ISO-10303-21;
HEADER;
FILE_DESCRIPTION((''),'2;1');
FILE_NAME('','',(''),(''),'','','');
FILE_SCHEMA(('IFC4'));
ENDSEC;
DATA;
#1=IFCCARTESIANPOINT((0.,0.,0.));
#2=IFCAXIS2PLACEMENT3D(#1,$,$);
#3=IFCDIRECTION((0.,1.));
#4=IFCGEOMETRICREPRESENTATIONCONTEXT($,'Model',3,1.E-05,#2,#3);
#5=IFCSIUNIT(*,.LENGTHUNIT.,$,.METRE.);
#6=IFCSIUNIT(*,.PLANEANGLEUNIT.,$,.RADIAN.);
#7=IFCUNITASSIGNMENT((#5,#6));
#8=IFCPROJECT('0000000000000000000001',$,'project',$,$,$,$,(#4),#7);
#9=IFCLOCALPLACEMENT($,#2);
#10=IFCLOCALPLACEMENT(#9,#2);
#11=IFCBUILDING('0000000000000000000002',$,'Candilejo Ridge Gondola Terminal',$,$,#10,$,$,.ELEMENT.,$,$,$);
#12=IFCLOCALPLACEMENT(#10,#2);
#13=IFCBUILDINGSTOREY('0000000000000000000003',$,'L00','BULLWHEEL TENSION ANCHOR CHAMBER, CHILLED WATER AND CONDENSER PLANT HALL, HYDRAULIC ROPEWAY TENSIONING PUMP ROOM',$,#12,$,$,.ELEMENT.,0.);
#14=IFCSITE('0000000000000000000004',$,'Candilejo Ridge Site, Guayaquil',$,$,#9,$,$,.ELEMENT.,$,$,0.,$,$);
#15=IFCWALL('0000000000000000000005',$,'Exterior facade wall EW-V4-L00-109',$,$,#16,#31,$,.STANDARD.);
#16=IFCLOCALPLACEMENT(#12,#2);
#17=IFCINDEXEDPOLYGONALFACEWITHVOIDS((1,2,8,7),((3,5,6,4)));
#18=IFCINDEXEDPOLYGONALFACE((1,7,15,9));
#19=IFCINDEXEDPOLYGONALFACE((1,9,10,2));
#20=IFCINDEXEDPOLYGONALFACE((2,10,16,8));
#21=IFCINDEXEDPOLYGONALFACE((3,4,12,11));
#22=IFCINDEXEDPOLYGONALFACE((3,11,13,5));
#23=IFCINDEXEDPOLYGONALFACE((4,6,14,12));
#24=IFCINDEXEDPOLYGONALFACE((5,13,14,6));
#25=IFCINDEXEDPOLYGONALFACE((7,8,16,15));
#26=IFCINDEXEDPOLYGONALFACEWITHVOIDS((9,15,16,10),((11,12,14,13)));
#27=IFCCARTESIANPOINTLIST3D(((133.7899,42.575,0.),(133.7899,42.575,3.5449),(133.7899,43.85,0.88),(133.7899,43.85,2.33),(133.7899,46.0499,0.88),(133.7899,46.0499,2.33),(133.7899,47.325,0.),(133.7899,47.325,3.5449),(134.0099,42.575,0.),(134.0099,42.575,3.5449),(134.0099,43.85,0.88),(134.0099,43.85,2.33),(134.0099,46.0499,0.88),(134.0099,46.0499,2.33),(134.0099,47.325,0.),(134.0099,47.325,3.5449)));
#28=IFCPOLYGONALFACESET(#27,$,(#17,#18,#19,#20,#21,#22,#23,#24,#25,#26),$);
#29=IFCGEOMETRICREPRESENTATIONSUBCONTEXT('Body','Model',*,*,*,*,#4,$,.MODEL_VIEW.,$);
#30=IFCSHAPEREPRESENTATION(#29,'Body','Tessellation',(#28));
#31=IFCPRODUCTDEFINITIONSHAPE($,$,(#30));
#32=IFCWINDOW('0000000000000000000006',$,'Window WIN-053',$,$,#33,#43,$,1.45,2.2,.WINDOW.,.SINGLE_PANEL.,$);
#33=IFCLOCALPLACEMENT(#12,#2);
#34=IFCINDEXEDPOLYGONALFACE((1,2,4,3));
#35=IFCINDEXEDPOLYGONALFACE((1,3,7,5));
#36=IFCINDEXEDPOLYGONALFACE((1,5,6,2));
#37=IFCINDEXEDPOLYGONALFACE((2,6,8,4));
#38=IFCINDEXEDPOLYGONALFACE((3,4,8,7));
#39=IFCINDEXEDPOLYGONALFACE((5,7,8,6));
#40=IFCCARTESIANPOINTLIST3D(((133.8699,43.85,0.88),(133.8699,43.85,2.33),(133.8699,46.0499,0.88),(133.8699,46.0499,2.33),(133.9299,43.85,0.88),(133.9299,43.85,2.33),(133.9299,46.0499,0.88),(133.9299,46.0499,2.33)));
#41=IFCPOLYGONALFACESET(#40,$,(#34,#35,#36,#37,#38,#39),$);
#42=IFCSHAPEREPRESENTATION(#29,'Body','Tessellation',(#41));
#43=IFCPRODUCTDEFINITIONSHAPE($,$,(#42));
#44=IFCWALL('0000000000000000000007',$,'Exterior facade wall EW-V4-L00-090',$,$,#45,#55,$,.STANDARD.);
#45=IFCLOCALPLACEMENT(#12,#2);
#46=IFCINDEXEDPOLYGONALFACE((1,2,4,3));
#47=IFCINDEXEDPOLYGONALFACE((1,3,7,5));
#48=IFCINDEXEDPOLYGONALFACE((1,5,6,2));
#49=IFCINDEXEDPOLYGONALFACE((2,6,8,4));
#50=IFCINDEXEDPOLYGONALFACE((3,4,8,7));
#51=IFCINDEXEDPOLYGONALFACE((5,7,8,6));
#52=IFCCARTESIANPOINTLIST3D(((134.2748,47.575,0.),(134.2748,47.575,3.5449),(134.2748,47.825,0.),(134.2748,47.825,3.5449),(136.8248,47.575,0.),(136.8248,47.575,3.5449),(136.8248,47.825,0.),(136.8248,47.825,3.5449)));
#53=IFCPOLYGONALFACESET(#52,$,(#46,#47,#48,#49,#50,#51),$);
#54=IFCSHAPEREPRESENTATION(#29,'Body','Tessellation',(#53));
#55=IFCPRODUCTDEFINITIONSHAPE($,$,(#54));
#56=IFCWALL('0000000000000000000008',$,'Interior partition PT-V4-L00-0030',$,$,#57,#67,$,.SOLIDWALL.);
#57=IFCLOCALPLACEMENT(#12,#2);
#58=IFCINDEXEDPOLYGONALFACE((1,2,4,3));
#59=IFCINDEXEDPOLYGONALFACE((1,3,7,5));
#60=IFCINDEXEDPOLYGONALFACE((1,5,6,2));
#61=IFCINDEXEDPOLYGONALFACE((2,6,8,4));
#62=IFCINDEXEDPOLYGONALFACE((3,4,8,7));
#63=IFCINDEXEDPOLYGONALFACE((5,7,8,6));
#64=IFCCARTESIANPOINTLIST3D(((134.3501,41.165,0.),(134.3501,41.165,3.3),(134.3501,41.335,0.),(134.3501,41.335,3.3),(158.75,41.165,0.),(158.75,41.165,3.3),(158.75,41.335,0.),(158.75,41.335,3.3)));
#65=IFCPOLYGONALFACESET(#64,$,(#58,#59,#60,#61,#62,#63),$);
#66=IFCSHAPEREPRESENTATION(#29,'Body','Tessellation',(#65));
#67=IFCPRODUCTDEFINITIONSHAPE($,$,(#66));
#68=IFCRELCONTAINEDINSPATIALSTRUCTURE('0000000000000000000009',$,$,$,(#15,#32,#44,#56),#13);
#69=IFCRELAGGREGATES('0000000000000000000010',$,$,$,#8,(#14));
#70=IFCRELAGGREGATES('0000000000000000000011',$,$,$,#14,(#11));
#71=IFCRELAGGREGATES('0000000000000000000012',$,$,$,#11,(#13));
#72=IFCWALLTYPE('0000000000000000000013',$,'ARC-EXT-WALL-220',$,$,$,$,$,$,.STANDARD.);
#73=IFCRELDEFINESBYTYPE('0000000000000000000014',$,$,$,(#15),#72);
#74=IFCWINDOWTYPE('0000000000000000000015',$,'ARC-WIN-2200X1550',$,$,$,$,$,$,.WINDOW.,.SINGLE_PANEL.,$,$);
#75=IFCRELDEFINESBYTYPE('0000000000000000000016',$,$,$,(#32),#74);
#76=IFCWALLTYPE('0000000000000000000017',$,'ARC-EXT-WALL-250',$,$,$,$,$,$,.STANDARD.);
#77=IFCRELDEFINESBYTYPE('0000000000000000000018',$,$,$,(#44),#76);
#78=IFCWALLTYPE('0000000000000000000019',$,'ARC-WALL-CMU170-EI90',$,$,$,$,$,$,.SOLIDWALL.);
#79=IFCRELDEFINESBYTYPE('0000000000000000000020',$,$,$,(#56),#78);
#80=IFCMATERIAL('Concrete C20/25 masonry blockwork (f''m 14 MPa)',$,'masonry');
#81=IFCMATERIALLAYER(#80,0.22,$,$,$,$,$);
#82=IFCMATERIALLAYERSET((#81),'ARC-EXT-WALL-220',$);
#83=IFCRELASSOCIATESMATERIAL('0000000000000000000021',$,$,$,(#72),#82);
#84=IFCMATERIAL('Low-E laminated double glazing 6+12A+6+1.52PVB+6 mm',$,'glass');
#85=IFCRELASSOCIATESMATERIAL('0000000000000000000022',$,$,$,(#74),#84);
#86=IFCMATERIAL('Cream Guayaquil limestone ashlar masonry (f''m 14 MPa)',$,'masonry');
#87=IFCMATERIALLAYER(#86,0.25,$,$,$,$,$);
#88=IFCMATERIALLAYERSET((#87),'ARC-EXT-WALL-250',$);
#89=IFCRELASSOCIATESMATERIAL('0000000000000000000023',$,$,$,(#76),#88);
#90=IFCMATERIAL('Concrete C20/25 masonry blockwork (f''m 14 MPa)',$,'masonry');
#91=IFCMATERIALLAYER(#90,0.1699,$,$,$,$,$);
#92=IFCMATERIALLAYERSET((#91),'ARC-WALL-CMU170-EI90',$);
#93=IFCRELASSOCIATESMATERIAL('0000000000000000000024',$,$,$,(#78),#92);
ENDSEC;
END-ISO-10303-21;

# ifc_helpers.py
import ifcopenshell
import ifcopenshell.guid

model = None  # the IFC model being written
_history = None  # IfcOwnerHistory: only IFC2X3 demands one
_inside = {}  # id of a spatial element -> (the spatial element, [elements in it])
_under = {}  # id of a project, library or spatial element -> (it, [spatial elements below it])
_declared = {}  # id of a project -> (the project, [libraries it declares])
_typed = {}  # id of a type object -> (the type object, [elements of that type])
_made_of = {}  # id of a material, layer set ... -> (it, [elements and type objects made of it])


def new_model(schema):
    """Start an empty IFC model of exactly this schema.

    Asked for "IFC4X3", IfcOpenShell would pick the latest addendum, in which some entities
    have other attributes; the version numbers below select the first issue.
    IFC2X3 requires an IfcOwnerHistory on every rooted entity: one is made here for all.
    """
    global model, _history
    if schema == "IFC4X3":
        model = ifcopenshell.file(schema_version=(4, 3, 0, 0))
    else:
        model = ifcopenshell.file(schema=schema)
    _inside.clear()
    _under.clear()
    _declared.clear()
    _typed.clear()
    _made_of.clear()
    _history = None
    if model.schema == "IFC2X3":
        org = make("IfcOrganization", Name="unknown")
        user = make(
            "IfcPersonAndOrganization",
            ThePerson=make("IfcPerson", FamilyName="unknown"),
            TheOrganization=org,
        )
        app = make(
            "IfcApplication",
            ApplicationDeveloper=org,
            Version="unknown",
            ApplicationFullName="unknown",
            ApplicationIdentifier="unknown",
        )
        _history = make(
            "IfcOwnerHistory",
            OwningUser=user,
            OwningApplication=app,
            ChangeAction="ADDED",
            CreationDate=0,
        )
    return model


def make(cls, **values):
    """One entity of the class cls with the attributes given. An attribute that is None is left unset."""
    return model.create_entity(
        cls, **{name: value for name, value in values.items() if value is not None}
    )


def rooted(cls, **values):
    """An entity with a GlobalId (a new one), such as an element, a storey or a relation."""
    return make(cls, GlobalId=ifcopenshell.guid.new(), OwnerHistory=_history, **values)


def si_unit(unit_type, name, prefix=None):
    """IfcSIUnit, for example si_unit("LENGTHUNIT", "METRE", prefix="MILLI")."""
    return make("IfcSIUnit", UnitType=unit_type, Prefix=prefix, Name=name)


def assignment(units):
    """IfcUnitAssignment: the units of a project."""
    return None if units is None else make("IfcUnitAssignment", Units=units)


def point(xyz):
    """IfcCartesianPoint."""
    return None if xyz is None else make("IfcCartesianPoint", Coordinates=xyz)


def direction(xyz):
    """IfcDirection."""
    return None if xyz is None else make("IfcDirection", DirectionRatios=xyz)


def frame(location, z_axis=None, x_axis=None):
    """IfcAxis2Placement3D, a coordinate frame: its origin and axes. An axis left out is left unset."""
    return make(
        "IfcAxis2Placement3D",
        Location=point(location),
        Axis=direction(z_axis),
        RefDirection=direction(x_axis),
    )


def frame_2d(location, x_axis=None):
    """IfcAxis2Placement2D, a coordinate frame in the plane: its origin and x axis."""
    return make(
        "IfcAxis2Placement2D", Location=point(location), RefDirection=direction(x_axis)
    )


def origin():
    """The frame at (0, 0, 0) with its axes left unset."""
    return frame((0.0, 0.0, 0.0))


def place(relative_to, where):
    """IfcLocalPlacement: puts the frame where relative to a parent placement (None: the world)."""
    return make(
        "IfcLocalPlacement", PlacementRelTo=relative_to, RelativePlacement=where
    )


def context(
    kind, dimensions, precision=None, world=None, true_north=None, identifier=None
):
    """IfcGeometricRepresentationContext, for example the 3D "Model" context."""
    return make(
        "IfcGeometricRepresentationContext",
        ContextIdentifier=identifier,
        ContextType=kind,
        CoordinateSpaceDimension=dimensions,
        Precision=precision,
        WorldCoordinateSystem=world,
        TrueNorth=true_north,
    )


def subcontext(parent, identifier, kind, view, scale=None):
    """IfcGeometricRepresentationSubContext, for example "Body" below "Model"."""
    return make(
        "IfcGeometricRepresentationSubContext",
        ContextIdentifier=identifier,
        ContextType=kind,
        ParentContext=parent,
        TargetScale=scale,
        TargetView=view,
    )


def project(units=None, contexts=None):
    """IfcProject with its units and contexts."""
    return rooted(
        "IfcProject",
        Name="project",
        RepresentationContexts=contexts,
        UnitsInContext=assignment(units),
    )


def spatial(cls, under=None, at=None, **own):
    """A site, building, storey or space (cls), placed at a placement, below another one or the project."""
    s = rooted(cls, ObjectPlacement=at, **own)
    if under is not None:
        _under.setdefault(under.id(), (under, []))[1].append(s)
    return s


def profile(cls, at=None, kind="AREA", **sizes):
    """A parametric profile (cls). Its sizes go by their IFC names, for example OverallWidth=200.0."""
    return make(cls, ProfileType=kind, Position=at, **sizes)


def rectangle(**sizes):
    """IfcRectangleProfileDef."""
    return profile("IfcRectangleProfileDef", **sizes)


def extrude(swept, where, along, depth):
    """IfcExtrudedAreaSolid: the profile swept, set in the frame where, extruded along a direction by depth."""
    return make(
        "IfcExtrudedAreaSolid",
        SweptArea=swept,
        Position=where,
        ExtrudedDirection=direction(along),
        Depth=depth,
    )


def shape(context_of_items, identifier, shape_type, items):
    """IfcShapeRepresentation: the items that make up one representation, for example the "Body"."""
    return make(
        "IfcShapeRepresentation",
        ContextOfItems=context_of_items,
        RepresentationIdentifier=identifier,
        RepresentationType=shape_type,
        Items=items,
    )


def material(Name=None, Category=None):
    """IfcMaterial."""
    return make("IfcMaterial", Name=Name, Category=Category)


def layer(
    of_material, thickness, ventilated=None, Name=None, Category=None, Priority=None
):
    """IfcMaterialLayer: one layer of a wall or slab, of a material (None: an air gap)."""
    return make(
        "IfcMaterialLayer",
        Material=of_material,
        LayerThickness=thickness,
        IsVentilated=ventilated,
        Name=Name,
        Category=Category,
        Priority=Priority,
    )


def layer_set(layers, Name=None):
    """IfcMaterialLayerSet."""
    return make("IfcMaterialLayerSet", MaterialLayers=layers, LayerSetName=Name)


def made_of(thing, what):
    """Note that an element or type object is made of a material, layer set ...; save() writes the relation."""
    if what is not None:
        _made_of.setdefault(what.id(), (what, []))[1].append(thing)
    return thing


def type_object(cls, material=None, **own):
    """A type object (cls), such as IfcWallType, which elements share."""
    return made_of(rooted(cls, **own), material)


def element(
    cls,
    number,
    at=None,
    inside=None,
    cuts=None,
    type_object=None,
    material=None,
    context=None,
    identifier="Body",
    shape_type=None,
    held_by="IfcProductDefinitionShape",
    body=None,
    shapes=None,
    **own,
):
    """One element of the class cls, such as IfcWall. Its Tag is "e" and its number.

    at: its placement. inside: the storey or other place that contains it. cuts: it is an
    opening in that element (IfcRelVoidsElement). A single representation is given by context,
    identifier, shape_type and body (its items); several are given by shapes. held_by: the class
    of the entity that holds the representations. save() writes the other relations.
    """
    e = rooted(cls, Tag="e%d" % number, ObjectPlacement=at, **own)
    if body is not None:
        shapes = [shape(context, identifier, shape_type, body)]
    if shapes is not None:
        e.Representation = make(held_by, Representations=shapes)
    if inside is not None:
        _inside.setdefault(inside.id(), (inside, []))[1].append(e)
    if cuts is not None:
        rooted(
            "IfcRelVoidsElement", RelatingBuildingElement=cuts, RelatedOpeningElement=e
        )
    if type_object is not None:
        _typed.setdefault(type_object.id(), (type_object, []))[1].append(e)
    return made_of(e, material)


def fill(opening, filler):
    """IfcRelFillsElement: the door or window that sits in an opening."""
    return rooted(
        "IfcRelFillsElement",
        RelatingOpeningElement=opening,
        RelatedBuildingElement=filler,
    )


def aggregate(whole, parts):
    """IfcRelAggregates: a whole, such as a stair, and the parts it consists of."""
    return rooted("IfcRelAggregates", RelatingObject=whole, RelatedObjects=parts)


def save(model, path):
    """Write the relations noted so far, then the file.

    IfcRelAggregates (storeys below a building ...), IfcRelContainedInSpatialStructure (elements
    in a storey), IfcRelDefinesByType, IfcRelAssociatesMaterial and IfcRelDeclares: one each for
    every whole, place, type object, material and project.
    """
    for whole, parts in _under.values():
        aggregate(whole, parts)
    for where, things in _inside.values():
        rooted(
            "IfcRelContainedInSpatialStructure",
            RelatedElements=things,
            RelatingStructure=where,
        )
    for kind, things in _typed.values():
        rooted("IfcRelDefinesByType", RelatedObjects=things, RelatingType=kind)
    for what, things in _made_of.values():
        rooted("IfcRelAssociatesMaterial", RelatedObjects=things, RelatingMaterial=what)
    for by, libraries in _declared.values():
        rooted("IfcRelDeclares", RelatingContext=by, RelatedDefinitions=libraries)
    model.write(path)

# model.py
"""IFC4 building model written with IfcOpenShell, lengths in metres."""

from ifc_helpers import new_model, si_unit, direction, frame, frame_2d, origin, place, context, subcontext, project, spatial, rectangle, extrude, material, layer, layer_set, type_object, element, fill, save


model = new_model("IFC4")

# Units and contexts
model_context = context("Model", 3, precision=1e-05, world=origin(), true_north=direction((0.0, 1.0)))
body_context = subcontext(model_context, "Body", "Model", "MODEL_VIEW")
ifc_project = project(units=[si_unit("LENGTHUNIT", "METRE"), si_unit("PLANEANGLEUNIT", "RADIAN")], contexts=[model_context])

# Site, building, storey
site_placement = place(None, origin())
site = spatial("IfcSite", under=ifc_project, at=site_placement, Name="Candilejo Ridge Site, Guayaquil", CompositionType="ELEMENT", RefElevation=0.0)
building_placement = place(site_placement, origin())
building = spatial("IfcBuilding", under=site, at=building_placement, Name="Candilejo Ridge Gondola Terminal", CompositionType="ELEMENT")
storey_placement = place(building_placement, origin())
storey = spatial("IfcBuildingStorey", under=building, at=storey_placement, Name="L00", Description="BULLWHEEL TENSION ANCHOR CHAMBER, CHILLED WATER AND CONDENSER PLANT HALL, HYDRAULIC ROPEWAY TENSIONING PUMP ROOM", CompositionType="ELEMENT", Elevation=0.0)

# Wall, opening, window
ifc_material_1 = material(Name="Concrete C20/25 masonry blockwork (f'm 14 MPa)", Category="masonry")
ifc_layer_1 = layer(ifc_material_1, 0.22)
ifc_layer_set_1 = layer_set([ifc_layer_1], Name="ARC-EXT-WALL-220")
wall_type_1 = type_object("IfcWallType", Name="ARC-EXT-WALL-220", PredefinedType="STANDARD", material=ifc_layer_set_1)
wall_1_placement = place(storey_placement, frame((133.8999, 42.575, 0.0), z_axis=(0.0, 0.0, 1.0), x_axis=(0.0, 1.0, 0.0)))
wall_1 = element("IfcWall", 1, at=wall_1_placement, inside=storey, type_object=wall_type_1, Name="Exterior facade wall EW-V4-L00-109", PredefinedType="STANDARD", context=body_context, shape_type="SweptSolid", body=[
    extrude(rectangle(XDim=4.75, YDim=0.22, at=frame_2d((2.375, 0.0))), origin(), (0.0, 0.0, 1.0), 3.5449),
])
opening_placement = place(wall_1_placement, frame((1.2749, 0.0, 0.8799)))
opening = element("IfcOpeningElement", 2, at=opening_placement, cuts=wall_1, PredefinedType="OPENING", context=body_context, shape_type="SweptSolid", body=[
    extrude(rectangle(XDim=2.2, YDim=1.45, at=frame_2d((1.1001, 0.7251))), frame((0.0, 0.1199, 0.0), z_axis=(0.0, -1.0, 0.0), x_axis=(1.0, 0.0, 0.0)), (0.0, 0.0, 1.0), 0.24),
])
ifc_material_2 = material(Name="Low-E laminated double glazing 6+12A+6+1.52PVB+6 mm", Category="glass")
window_type = type_object("IfcWindowType", Name="ARC-WIN-2200X1550", PartitioningType="SINGLE_PANEL", PredefinedType="WINDOW", material=ifc_material_2)
window_placement = place(opening_placement, origin())
window = element("IfcWindow", 3, at=window_placement, inside=storey, type_object=window_type, Name="Window WIN-053", OverallHeight=1.45, OverallWidth=2.2, PartitioningType="SINGLE_PANEL", PredefinedType="WINDOW", context=body_context, shape_type="SweptSolid", body=[
    extrude(rectangle(XDim=2.2, YDim=1.45, at=frame_2d((1.1001, 0.7251))), frame((0.0, 0.03, 0.0), z_axis=(0.0, -1.0, 0.0), x_axis=(1.0, 0.0, 0.0)), (0.0, 0.0, 1.0), 0.0601),
])
fill(opening, window)

# Walls
ifc_material_3 = material(Name="Cream Guayaquil limestone ashlar masonry (f'm 14 MPa)", Category="masonry")
ifc_layer_2 = layer(ifc_material_3, 0.25)
ifc_layer_set_2 = layer_set([ifc_layer_2], Name="ARC-EXT-WALL-250")
wall_type_2 = type_object("IfcWallType", Name="ARC-EXT-WALL-250", PredefinedType="STANDARD", material=ifc_layer_set_2)
wall_2_placement = place(storey_placement, frame((134.2749, 47.7, 0.0), z_axis=(0.0, 0.0, 1.0), x_axis=(1.0, 0.0, 0.0)))
element("IfcWall", 4, at=wall_2_placement, inside=storey, type_object=wall_type_2, Name="Exterior facade wall EW-V4-L00-090", PredefinedType="STANDARD", context=body_context, shape_type="SweptSolid", body=[
    extrude(rectangle(XDim=2.55, YDim=0.25, at=frame_2d((1.2749, 0.0))), origin(), (0.0, 0.0, 1.0), 3.5449),
])
ifc_material_4 = material(Name="Concrete C20/25 masonry blockwork (f'm 14 MPa)", Category="masonry")
ifc_layer_3 = layer(ifc_material_4, 0.1699)
ifc_layer_set_3 = layer_set([ifc_layer_3], Name="ARC-WALL-CMU170-EI90")
wall_type_3 = type_object("IfcWallType", Name="ARC-WALL-CMU170-EI90", PredefinedType="SOLIDWALL", material=ifc_layer_set_3)
wall_3_placement = place(storey_placement, frame((134.3501, 41.25, 0.0), z_axis=(0.0, 0.0, 1.0), x_axis=(1.0, 0.0, 0.0)))
element("IfcWall", 5, at=wall_3_placement, inside=storey, type_object=wall_type_3, Name="Interior partition PT-V4-L00-0030", PredefinedType="SOLIDWALL", context=body_context, shape_type="SweptSolid", body=[
    extrude(rectangle(XDim=24.3999, YDim=0.1699, at=frame_2d((12.2, 0.0))), origin(), (0.0, 0.0, 1.0), 3.3),
])

save(model, "model.ifc")
